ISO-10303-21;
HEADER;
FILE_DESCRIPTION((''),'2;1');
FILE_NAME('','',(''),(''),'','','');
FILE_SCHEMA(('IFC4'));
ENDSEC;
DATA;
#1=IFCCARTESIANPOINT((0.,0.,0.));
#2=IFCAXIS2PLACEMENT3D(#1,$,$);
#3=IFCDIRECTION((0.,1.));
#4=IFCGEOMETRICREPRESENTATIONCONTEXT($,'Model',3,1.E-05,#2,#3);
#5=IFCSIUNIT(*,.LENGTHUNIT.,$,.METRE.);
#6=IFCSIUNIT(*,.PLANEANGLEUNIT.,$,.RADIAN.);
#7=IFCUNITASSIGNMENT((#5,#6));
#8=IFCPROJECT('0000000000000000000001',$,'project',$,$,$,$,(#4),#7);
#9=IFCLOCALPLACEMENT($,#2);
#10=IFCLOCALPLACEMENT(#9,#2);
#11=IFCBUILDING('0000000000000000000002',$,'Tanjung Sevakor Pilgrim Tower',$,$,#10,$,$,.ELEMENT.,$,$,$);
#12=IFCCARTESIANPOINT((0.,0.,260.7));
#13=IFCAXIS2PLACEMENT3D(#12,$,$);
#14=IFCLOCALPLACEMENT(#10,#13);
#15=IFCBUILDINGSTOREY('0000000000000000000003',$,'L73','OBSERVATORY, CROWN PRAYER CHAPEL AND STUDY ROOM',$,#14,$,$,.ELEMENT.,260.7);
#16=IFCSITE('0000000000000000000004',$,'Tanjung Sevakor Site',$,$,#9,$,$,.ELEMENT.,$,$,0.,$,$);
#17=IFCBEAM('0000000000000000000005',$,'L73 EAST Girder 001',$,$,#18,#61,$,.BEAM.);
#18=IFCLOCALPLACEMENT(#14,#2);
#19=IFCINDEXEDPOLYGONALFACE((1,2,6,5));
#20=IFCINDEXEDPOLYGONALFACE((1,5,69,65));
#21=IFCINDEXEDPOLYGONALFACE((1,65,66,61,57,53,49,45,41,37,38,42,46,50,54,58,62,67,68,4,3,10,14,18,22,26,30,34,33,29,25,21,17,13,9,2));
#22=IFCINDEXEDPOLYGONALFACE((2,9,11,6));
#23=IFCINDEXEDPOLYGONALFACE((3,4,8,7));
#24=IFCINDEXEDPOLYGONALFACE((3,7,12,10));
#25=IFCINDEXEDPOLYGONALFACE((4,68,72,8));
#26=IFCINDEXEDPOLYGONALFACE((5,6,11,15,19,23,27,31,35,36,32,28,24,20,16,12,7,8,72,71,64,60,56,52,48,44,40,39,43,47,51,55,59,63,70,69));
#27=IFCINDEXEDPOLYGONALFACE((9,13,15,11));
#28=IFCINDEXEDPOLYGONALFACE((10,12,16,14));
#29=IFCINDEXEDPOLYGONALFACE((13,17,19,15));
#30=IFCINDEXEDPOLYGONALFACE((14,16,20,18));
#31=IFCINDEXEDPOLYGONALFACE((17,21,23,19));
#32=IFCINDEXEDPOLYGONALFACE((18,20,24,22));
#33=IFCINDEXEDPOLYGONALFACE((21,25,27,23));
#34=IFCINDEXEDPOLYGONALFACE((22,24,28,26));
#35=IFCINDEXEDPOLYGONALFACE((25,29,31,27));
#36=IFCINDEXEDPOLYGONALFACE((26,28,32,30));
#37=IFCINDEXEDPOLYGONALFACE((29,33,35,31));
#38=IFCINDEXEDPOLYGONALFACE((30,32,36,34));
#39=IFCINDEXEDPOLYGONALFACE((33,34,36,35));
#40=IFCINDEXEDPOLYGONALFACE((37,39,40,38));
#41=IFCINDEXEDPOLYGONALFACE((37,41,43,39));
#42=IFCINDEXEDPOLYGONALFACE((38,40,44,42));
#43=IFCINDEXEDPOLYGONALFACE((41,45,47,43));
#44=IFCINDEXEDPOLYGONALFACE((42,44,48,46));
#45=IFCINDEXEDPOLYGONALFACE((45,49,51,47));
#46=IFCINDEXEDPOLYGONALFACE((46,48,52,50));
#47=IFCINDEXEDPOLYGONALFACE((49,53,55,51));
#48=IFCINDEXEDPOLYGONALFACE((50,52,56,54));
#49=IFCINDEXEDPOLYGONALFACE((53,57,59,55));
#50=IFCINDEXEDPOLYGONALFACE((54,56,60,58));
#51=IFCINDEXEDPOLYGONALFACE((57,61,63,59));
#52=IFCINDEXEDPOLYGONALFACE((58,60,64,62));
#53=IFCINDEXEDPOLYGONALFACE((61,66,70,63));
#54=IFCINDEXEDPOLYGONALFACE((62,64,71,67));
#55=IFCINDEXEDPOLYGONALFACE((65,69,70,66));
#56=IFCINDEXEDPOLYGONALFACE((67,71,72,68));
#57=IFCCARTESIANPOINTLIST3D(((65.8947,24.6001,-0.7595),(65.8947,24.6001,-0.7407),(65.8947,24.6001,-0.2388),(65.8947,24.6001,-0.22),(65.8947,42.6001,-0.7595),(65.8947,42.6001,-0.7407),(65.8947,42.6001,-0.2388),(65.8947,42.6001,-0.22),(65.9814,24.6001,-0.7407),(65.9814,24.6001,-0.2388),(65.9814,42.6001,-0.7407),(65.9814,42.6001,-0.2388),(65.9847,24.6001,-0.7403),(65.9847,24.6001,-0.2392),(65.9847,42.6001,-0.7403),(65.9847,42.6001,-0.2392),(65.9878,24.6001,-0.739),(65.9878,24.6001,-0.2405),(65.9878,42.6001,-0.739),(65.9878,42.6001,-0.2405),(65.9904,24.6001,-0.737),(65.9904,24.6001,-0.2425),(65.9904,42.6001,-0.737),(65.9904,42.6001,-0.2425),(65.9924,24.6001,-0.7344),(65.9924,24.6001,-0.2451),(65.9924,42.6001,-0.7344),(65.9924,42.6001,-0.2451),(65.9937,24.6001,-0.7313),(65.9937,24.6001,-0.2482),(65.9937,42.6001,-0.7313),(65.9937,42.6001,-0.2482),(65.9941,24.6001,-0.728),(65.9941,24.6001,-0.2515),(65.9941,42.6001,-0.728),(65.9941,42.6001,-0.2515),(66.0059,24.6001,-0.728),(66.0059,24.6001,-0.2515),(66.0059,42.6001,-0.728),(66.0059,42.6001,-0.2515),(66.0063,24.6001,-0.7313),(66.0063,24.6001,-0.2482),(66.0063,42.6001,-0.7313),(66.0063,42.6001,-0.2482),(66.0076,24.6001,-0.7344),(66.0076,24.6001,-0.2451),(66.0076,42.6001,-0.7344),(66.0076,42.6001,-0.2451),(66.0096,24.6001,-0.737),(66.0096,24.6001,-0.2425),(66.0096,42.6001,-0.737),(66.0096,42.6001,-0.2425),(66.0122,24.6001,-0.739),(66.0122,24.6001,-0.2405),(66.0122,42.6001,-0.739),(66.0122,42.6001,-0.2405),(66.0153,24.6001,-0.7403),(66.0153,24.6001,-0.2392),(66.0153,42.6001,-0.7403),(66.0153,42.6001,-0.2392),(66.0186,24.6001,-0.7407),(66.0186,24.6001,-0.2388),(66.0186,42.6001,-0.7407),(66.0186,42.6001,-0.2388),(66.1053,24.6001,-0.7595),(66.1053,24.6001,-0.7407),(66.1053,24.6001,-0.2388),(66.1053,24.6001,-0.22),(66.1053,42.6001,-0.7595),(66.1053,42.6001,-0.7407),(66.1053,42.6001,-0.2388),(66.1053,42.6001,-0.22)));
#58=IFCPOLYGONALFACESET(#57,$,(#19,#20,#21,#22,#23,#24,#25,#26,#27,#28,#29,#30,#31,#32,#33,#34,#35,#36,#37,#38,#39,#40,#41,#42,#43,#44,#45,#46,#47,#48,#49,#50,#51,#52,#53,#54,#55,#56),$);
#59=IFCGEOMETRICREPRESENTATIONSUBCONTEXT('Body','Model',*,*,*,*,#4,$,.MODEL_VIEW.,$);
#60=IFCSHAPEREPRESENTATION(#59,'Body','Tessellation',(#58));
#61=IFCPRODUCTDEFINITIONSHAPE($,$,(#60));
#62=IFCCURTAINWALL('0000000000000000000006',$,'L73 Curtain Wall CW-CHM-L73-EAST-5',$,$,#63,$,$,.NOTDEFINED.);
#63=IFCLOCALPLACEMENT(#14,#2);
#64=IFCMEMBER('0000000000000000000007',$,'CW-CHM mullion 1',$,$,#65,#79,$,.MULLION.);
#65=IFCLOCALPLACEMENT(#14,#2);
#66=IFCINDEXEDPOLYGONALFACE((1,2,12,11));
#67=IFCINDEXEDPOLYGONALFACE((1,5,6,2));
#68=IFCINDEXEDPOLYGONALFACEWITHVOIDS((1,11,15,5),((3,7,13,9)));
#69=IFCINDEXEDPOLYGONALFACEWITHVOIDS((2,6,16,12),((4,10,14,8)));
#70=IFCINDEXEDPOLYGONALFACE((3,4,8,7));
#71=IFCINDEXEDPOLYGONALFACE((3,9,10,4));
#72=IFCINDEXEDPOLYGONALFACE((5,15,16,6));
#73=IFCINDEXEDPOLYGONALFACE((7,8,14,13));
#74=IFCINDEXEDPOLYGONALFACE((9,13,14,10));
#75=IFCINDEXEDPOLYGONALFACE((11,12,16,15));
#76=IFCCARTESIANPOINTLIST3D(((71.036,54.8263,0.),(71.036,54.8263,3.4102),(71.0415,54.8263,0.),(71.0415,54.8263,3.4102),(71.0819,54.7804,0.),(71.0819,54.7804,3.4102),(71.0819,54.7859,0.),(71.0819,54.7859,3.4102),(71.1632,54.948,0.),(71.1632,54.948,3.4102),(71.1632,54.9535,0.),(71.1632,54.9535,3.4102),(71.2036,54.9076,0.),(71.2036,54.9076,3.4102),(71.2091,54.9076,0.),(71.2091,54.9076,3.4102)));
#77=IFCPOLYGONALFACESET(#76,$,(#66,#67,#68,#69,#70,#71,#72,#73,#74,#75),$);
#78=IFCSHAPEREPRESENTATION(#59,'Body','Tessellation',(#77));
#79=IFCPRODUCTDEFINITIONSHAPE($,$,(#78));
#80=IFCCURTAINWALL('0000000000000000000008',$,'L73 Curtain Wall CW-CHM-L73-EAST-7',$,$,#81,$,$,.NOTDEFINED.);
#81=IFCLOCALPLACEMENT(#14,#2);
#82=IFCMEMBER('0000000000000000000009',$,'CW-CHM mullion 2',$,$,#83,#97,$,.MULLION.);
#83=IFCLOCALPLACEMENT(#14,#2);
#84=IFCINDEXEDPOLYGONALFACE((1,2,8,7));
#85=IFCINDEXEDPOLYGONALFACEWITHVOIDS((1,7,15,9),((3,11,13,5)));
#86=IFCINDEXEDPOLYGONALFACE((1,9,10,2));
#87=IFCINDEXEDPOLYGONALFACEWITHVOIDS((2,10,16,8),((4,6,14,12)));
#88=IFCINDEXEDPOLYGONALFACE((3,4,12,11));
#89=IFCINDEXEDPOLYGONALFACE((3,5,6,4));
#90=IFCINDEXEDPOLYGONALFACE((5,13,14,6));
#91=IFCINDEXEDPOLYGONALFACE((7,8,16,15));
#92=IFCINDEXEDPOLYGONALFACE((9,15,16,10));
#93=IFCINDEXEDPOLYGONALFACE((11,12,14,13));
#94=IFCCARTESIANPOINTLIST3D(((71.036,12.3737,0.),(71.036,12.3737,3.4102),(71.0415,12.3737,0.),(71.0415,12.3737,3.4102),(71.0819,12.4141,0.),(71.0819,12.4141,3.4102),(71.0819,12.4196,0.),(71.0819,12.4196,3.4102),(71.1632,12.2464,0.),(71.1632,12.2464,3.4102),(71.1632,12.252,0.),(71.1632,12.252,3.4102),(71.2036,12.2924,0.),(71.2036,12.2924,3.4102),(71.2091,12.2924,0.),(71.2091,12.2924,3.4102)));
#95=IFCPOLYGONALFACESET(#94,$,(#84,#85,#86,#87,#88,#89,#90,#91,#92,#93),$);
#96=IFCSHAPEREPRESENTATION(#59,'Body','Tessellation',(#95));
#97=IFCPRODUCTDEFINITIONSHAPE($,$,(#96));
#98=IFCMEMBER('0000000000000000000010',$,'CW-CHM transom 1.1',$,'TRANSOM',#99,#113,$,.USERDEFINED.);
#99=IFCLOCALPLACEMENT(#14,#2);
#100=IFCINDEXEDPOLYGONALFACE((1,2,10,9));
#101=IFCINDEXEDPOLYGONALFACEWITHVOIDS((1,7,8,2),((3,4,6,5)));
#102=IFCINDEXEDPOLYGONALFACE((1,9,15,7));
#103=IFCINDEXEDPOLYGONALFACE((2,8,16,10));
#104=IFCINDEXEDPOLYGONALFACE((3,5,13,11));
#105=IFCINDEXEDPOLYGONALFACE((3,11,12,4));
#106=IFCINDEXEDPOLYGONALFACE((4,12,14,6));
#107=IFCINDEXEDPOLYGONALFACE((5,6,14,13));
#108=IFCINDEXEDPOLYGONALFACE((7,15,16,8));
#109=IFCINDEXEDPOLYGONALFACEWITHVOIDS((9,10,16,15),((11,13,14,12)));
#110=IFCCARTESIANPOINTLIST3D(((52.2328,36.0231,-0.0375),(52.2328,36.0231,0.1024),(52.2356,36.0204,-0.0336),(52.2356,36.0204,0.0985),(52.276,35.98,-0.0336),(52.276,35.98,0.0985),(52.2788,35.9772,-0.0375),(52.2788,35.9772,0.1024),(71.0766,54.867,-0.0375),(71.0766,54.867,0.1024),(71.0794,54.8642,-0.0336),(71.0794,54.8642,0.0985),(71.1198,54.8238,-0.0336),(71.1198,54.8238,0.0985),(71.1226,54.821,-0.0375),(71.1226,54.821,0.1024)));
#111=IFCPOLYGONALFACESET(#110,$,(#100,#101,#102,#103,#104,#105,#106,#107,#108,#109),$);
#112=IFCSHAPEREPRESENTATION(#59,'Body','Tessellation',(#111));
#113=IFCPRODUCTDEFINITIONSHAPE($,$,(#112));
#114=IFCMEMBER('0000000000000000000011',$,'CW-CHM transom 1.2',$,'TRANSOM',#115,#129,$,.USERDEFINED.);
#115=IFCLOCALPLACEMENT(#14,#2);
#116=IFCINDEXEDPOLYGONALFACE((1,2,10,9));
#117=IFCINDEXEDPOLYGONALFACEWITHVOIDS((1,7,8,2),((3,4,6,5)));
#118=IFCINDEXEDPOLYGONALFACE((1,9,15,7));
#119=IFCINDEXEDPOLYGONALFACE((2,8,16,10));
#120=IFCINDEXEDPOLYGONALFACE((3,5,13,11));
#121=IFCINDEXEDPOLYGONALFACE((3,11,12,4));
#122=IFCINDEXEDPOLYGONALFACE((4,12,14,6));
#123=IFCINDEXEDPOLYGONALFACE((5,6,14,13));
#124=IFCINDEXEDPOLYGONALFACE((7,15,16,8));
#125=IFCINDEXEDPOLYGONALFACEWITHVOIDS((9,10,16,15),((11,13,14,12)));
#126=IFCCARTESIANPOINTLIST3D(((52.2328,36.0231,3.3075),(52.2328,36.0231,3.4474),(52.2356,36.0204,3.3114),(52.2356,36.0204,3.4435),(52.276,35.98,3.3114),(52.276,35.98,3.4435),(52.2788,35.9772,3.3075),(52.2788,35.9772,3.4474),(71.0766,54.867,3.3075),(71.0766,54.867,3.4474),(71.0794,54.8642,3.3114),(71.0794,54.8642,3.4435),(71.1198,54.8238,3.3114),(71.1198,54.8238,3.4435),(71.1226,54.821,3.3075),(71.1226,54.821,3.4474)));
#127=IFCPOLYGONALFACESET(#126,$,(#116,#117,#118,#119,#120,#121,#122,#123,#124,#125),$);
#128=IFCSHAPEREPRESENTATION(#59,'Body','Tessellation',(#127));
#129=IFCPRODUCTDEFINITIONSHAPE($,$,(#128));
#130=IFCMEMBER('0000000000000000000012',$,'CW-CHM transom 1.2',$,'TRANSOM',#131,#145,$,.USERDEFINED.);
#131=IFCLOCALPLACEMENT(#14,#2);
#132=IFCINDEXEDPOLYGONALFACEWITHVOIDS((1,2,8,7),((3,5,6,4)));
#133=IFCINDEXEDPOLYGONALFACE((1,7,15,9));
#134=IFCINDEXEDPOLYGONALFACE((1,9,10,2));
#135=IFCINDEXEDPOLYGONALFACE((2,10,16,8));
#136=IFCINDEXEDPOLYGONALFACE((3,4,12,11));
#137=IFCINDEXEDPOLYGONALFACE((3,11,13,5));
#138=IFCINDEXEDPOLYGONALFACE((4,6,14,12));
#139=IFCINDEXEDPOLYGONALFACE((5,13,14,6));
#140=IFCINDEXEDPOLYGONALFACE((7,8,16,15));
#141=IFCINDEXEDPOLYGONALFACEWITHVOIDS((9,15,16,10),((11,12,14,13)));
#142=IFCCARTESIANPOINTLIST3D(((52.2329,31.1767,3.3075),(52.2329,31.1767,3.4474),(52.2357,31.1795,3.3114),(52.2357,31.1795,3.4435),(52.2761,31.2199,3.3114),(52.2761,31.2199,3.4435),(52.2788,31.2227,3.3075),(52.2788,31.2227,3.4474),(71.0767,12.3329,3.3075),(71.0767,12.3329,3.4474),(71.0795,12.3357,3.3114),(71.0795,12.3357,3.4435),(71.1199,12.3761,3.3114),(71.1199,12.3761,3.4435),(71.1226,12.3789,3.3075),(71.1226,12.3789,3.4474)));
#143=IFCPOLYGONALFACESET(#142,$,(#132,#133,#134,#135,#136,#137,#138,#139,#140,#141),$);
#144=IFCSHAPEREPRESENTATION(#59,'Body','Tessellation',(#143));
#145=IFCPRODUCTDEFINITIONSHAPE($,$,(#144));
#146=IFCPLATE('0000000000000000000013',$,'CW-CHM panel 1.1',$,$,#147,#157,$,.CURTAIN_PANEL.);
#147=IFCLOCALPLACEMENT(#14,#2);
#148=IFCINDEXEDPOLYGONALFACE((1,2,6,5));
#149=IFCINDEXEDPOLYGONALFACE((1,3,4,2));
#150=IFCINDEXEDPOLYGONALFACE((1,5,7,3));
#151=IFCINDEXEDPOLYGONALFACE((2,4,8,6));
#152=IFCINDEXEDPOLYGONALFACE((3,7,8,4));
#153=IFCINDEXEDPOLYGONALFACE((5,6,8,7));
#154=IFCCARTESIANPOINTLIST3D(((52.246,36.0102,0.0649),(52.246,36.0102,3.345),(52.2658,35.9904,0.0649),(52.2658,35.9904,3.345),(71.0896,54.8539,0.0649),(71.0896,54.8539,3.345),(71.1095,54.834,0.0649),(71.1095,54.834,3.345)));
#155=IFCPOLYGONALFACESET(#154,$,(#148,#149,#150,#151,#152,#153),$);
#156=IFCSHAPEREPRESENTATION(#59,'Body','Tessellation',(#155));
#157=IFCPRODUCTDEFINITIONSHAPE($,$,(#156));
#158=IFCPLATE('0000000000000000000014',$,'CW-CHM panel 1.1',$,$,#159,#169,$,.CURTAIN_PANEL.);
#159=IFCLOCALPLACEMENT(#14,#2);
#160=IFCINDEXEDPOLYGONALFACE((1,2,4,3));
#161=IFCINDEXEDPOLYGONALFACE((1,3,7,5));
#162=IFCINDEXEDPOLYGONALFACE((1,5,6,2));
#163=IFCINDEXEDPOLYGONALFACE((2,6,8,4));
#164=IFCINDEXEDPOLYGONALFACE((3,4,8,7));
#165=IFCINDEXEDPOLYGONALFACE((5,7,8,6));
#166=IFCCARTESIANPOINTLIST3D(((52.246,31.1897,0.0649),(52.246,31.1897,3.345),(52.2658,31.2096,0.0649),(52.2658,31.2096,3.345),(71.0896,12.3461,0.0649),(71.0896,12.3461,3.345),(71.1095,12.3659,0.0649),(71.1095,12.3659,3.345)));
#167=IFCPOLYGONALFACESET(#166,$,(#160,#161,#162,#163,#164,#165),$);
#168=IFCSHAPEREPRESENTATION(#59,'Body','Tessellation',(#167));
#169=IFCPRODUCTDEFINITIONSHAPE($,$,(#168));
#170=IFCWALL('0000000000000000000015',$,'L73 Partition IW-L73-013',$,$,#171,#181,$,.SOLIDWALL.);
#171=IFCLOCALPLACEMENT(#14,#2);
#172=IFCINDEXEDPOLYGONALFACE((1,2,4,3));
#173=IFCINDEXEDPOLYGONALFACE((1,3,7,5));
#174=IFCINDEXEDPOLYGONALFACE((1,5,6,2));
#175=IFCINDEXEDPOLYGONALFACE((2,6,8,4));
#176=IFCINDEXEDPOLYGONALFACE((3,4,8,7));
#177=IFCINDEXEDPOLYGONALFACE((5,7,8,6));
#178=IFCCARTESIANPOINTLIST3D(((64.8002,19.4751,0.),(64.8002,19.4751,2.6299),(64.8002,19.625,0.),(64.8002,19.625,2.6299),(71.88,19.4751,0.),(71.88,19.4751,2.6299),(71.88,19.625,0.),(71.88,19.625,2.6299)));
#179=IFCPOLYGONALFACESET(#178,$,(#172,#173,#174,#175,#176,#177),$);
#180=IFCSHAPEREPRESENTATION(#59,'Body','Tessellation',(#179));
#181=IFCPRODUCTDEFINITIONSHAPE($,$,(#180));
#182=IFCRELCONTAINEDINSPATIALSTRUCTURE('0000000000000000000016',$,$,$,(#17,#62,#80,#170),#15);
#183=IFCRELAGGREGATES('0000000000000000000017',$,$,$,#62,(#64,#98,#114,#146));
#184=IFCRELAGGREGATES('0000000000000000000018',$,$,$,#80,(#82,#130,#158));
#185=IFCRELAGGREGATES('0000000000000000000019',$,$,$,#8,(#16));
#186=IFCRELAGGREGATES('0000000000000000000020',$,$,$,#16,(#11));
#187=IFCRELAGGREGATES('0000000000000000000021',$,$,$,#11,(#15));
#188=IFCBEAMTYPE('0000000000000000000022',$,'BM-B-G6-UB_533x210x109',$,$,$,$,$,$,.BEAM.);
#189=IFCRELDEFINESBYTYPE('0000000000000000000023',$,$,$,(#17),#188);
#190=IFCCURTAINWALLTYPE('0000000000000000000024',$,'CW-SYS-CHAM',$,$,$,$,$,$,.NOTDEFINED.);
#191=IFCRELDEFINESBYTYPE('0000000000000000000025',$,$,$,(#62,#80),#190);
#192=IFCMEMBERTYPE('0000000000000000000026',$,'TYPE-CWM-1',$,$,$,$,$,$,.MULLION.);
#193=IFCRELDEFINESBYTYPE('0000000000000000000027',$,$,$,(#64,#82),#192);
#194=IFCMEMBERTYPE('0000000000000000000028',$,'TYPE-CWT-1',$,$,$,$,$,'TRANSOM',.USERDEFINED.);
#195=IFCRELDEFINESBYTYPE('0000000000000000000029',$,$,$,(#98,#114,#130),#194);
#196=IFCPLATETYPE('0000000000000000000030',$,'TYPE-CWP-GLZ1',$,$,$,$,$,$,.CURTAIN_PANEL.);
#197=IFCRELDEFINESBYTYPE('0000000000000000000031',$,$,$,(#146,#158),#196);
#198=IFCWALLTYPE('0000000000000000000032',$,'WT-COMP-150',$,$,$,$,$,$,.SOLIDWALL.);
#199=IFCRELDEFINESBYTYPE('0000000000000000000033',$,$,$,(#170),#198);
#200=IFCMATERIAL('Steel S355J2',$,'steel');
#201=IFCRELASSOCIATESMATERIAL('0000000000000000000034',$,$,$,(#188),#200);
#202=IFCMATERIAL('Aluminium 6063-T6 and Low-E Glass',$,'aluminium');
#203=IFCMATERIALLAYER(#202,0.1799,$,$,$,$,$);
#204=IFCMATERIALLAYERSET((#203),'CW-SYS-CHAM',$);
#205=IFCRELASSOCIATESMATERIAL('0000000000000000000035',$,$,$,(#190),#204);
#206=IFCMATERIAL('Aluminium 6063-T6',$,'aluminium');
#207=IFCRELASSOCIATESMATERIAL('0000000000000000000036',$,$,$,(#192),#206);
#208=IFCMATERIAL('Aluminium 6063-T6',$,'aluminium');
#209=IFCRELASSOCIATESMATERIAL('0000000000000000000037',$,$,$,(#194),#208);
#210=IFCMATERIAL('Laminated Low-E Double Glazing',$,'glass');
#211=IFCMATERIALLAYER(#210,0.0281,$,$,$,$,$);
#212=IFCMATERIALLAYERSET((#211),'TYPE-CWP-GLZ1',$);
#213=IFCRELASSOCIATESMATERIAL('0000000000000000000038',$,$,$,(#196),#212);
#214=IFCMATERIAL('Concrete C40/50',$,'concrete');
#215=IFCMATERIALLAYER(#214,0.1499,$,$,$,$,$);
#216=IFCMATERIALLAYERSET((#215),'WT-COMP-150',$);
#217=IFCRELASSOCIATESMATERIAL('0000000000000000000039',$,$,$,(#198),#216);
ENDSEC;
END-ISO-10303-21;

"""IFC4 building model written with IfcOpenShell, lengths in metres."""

from ifc_helpers import new_model, si_unit, direction, frame, frame_2d, origin, origin_2d, place, context, subcontext, project, spatial, rectangle, hollow_rectangle, i_section, extrude, material, layer, layer_set, material_profile, profile_set, type_object, element, aggregate, save


model = new_model("IFC4")

# Units and contexts
model_context = context("Model", 3, precision=1e-05, world=origin(), true_north=direction((0.0, 1.0)))
body_context = subcontext(model_context, "Body", "Model", "MODEL_VIEW")
ifc_project = project(units=[si_unit("LENGTHUNIT", "METRE"), si_unit("PLANEANGLEUNIT", "RADIAN")], contexts=[model_context])

# Site, building, storey
site_placement = place(None, origin())
site = spatial("IfcSite", under=ifc_project, at=site_placement, Name="Tanjung Sevakor Site", CompositionType="ELEMENT", RefElevation=0.0)
building_placement = place(site_placement, origin())
building = spatial("IfcBuilding", under=site, at=building_placement, Name="Tanjung Sevakor Pilgrim Tower", CompositionType="ELEMENT")
storey_placement = place(building_placement, frame((0.0, 0.0, 260.7)))
storey = spatial("IfcBuildingStorey", under=building, at=storey_placement, Name="L73", Description="OBSERVATORY, CROWN PRAYER CHAPEL AND STUDY ROOM", CompositionType="ELEMENT", Elevation=260.7)

# Beam
ifc_material_1 = material(Name="Steel S355J2", Category="steel")
ifc_material_profile_1 = material_profile(ifc_material_1, i_section(OverallWidth=0.2107, OverallDepth=0.5396, WebThickness=0.0117, FlangeThickness=0.0188, FilletRadius=0.0127, at=origin_2d()))
ifc_profile_set_1 = profile_set([ifc_material_profile_1], Name="Steel S355J2")
beam_type_1 = type_object("IfcBeamType", Name="BM-B-G6-UB_533x210x109", PredefinedType="BEAM", material=ifc_profile_set_1)
beam_placement = place(storey_placement, frame((66.0, 24.6001, -0.4897), z_axis=(0.0, 1.0, 0.0), x_axis=(-1.0, 0.0, 0.0)))
element("IfcBeam", 1, at=beam_placement, inside=storey, type_object=beam_type_1, Name="L73 EAST Girder 001", PredefinedType="BEAM", context=body_context, shape_type="SweptSolid", body=[
    extrude(i_section(OverallWidth=0.2107, OverallDepth=0.5396, WebThickness=0.0117, FlangeThickness=0.0188, FilletRadius=0.0127, at=origin_2d()), origin(), (0.0, 0.0, 1.0), 18.0),
])

# Curtain walls, members
ifc_material_2 = material(Name="Aluminium 6063-T6 and Low-E Glass", Category="aluminium")
ifc_layer_1 = layer(ifc_material_2, 0.1799)
ifc_layer_set_1 = layer_set([ifc_layer_1], Name="CW-SYS-CHAM")
curtain_wall_type = type_object("IfcCurtainWallType", Name="CW-SYS-CHAM", PredefinedType="NOTDEFINED", material=ifc_layer_set_1)
curtain_wall_1_placement = place(storey_placement, origin())
curtain_wall_1 = element("IfcCurtainWall", 2, at=curtain_wall_1_placement, inside=storey, type_object=curtain_wall_type, Name="L73 Curtain Wall CW-CHM-L73-EAST-5", PredefinedType="NOTDEFINED")
ifc_material_3 = material(Name="Aluminium 6063-T6", Category="aluminium")
ifc_material_profile_2 = material_profile(ifc_material_3, hollow_rectangle(XDim=0.0649, YDim=0.1799, WallThickness=0.0039, at=origin_2d()))
ifc_profile_set_2 = profile_set([ifc_material_profile_2], Name="Aluminium 6063-T6")
member_type_1 = type_object("IfcMemberType", Name="TYPE-CWM-1", PredefinedType="MULLION", material=ifc_profile_set_2)
member_1_placement = place(storey_placement, frame((71.1226, 54.8669, 0.0), z_axis=(0.0, 0.0, 1.0), x_axis=(0.707107, -0.707107, 0.0)))
member_1 = element("IfcMember", 3, at=member_1_placement, type_object=member_type_1, Name="CW-CHM mullion 1", PredefinedType="MULLION", context=body_context, shape_type="SweptSolid", body=[
    extrude(hollow_rectangle(XDim=0.0649, YDim=0.1799, WallThickness=0.0039, at=origin_2d()), origin(), (0.0, 0.0, 1.0), 3.4102),
])
curtain_wall_2_placement = place(storey_placement, origin())
curtain_wall_2 = element("IfcCurtainWall", 4, at=curtain_wall_2_placement, inside=storey, type_object=curtain_wall_type, Name="L73 Curtain Wall CW-CHM-L73-EAST-7", PredefinedType="NOTDEFINED")
member_2_placement = place(storey_placement, frame((71.1226, 12.333, 0.0), z_axis=(0.0, 0.0, 1.0), x_axis=(0.707107, 0.707107, 0.0)))
member_2 = element("IfcMember", 5, at=member_2_placement, type_object=member_type_1, Name="CW-CHM mullion 2", PredefinedType="MULLION", context=body_context, shape_type="SweptSolid", body=[
    extrude(hollow_rectangle(XDim=0.0649, YDim=0.1799, WallThickness=0.0039, at=origin_2d()), origin(), (0.0, 0.0, 1.0), 3.4102),
])

# Members
ifc_material_4 = material(Name="Aluminium 6063-T6", Category="aluminium")
ifc_material_profile_3 = material_profile(ifc_material_4, hollow_rectangle(XDim=0.0649, YDim=0.1399, WallThickness=0.0039, at=origin_2d()))
ifc_profile_set_3 = profile_set([ifc_material_profile_3], Name="Aluminium 6063-T6")
member_type_2 = type_object("IfcMemberType", Name="TYPE-CWT-1", ElementType="TRANSOM", PredefinedType="USERDEFINED", material=ifc_profile_set_3)
member_3_placement = place(storey_placement, frame((71.0996, 54.844, 0.0325), z_axis=(-0.707107, -0.707107, 0.0), x_axis=(0.707107, -0.707107, 0.0)))
member_3 = element("IfcMember", 6, at=member_3_placement, type_object=member_type_2, Name="CW-CHM transom 1.1", ObjectType="TRANSOM", PredefinedType="USERDEFINED", context=body_context, shape_type="SweptSolid", body=[
    extrude(hollow_rectangle(XDim=0.0649, YDim=0.1399, WallThickness=0.0039, at=origin_2d()), origin(), (0.0, 0.0, 1.0), 26.6492),
])
member_4_placement = place(storey_placement, frame((71.0996, 54.844, 3.3774), z_axis=(-0.707107, -0.707107, 0.0), x_axis=(0.707107, -0.707107, 0.0)))
member_4 = element("IfcMember", 7, at=member_4_placement, type_object=member_type_2, Name="CW-CHM transom 1.2", ObjectType="TRANSOM", PredefinedType="USERDEFINED", context=body_context, shape_type="SweptSolid", body=[
    extrude(hollow_rectangle(XDim=0.0649, YDim=0.1399, WallThickness=0.0039, at=origin_2d()), origin(), (0.0, 0.0, 1.0), 26.6492),
])
member_5_placement = place(storey_placement, frame((52.2559, 31.1997, 3.3774), z_axis=(0.707107, -0.707107, 0.0), x_axis=(0.707107, 0.707107, 0.0)))
member_5 = element("IfcMember", 8, at=member_5_placement, type_object=member_type_2, Name="CW-CHM transom 1.2", ObjectType="TRANSOM", PredefinedType="USERDEFINED", context=body_context, shape_type="SweptSolid", body=[
    extrude(hollow_rectangle(XDim=0.0649, YDim=0.1399, WallThickness=0.0039, at=origin_2d()), origin(), (0.0, 0.0, 1.0), 26.6492),
])

# Plates
ifc_material_5 = material(Name="Laminated Low-E Double Glazing", Category="glass")
ifc_layer_2 = layer(ifc_material_5, 0.0281)
ifc_layer_set_2 = layer_set([ifc_layer_2], Name="TYPE-CWP-GLZ1")
plate_type = type_object("IfcPlateType", Name="TYPE-CWP-GLZ1", PredefinedType="CURTAIN_PANEL", material=ifc_layer_set_2)
plate_1_placement = place(storey_placement, frame((61.6777, 45.4221, 0.0649), z_axis=(0.0, 0.0, 1.0), x_axis=(-0.707107, -0.707107, 0.0)))
plate_1 = element("IfcPlate", 9, at=plate_1_placement, type_object=plate_type, Name="CW-CHM panel 1.1", PredefinedType="CURTAIN_PANEL", context=body_context, shape_type="SweptSolid", body=[
    extrude(rectangle(XDim=26.6489, YDim=0.0281, at=origin_2d()), origin(), (0.0, 0.0, 1.0), 3.28),
])
aggregate(curtain_wall_1, [member_1, member_3, member_4, plate_1])
plate_2_placement = place(storey_placement, frame((61.6777, 21.7778, 0.0649), z_axis=(0.0, 0.0, 1.0), x_axis=(0.707107, -0.707107, 0.0)))
plate_2 = element("IfcPlate", 10, at=plate_2_placement, type_object=plate_type, Name="CW-CHM panel 1.1", PredefinedType="CURTAIN_PANEL", context=body_context, shape_type="SweptSolid", body=[
    extrude(rectangle(XDim=26.6489, YDim=0.0281, at=origin_2d()), origin(), (0.0, 0.0, 1.0), 3.28),
])
aggregate(curtain_wall_2, [member_2, member_5, plate_2])

# Wall
ifc_material_6 = material(Name="Concrete C40/50", Category="concrete")
ifc_layer_3 = layer(ifc_material_6, 0.1499)
ifc_layer_set_3 = layer_set([ifc_layer_3], Name="WT-COMP-150")
wall_type_1 = type_object("IfcWallType", Name="WT-COMP-150", PredefinedType="SOLIDWALL", material=ifc_layer_set_3)
wall_1_placement = place(storey_placement, frame((64.8, 19.55, 0.0), z_axis=(0.0, 0.0, 1.0), x_axis=(1.0, 0.0, 0.0)))
element("IfcWall", 11, at=wall_1_placement, inside=storey, type_object=wall_type_1, Name="L73 Partition IW-L73-013", PredefinedType="SOLIDWALL", context=body_context, shape_type="SweptSolid", body=[
    extrude(rectangle(XDim=7.0798, YDim=0.1499, at=frame_2d((3.54, 0.0))), origin(), (0.0, 0.0, 1.0), 2.6299),
])

save(model, "model.ifc")
